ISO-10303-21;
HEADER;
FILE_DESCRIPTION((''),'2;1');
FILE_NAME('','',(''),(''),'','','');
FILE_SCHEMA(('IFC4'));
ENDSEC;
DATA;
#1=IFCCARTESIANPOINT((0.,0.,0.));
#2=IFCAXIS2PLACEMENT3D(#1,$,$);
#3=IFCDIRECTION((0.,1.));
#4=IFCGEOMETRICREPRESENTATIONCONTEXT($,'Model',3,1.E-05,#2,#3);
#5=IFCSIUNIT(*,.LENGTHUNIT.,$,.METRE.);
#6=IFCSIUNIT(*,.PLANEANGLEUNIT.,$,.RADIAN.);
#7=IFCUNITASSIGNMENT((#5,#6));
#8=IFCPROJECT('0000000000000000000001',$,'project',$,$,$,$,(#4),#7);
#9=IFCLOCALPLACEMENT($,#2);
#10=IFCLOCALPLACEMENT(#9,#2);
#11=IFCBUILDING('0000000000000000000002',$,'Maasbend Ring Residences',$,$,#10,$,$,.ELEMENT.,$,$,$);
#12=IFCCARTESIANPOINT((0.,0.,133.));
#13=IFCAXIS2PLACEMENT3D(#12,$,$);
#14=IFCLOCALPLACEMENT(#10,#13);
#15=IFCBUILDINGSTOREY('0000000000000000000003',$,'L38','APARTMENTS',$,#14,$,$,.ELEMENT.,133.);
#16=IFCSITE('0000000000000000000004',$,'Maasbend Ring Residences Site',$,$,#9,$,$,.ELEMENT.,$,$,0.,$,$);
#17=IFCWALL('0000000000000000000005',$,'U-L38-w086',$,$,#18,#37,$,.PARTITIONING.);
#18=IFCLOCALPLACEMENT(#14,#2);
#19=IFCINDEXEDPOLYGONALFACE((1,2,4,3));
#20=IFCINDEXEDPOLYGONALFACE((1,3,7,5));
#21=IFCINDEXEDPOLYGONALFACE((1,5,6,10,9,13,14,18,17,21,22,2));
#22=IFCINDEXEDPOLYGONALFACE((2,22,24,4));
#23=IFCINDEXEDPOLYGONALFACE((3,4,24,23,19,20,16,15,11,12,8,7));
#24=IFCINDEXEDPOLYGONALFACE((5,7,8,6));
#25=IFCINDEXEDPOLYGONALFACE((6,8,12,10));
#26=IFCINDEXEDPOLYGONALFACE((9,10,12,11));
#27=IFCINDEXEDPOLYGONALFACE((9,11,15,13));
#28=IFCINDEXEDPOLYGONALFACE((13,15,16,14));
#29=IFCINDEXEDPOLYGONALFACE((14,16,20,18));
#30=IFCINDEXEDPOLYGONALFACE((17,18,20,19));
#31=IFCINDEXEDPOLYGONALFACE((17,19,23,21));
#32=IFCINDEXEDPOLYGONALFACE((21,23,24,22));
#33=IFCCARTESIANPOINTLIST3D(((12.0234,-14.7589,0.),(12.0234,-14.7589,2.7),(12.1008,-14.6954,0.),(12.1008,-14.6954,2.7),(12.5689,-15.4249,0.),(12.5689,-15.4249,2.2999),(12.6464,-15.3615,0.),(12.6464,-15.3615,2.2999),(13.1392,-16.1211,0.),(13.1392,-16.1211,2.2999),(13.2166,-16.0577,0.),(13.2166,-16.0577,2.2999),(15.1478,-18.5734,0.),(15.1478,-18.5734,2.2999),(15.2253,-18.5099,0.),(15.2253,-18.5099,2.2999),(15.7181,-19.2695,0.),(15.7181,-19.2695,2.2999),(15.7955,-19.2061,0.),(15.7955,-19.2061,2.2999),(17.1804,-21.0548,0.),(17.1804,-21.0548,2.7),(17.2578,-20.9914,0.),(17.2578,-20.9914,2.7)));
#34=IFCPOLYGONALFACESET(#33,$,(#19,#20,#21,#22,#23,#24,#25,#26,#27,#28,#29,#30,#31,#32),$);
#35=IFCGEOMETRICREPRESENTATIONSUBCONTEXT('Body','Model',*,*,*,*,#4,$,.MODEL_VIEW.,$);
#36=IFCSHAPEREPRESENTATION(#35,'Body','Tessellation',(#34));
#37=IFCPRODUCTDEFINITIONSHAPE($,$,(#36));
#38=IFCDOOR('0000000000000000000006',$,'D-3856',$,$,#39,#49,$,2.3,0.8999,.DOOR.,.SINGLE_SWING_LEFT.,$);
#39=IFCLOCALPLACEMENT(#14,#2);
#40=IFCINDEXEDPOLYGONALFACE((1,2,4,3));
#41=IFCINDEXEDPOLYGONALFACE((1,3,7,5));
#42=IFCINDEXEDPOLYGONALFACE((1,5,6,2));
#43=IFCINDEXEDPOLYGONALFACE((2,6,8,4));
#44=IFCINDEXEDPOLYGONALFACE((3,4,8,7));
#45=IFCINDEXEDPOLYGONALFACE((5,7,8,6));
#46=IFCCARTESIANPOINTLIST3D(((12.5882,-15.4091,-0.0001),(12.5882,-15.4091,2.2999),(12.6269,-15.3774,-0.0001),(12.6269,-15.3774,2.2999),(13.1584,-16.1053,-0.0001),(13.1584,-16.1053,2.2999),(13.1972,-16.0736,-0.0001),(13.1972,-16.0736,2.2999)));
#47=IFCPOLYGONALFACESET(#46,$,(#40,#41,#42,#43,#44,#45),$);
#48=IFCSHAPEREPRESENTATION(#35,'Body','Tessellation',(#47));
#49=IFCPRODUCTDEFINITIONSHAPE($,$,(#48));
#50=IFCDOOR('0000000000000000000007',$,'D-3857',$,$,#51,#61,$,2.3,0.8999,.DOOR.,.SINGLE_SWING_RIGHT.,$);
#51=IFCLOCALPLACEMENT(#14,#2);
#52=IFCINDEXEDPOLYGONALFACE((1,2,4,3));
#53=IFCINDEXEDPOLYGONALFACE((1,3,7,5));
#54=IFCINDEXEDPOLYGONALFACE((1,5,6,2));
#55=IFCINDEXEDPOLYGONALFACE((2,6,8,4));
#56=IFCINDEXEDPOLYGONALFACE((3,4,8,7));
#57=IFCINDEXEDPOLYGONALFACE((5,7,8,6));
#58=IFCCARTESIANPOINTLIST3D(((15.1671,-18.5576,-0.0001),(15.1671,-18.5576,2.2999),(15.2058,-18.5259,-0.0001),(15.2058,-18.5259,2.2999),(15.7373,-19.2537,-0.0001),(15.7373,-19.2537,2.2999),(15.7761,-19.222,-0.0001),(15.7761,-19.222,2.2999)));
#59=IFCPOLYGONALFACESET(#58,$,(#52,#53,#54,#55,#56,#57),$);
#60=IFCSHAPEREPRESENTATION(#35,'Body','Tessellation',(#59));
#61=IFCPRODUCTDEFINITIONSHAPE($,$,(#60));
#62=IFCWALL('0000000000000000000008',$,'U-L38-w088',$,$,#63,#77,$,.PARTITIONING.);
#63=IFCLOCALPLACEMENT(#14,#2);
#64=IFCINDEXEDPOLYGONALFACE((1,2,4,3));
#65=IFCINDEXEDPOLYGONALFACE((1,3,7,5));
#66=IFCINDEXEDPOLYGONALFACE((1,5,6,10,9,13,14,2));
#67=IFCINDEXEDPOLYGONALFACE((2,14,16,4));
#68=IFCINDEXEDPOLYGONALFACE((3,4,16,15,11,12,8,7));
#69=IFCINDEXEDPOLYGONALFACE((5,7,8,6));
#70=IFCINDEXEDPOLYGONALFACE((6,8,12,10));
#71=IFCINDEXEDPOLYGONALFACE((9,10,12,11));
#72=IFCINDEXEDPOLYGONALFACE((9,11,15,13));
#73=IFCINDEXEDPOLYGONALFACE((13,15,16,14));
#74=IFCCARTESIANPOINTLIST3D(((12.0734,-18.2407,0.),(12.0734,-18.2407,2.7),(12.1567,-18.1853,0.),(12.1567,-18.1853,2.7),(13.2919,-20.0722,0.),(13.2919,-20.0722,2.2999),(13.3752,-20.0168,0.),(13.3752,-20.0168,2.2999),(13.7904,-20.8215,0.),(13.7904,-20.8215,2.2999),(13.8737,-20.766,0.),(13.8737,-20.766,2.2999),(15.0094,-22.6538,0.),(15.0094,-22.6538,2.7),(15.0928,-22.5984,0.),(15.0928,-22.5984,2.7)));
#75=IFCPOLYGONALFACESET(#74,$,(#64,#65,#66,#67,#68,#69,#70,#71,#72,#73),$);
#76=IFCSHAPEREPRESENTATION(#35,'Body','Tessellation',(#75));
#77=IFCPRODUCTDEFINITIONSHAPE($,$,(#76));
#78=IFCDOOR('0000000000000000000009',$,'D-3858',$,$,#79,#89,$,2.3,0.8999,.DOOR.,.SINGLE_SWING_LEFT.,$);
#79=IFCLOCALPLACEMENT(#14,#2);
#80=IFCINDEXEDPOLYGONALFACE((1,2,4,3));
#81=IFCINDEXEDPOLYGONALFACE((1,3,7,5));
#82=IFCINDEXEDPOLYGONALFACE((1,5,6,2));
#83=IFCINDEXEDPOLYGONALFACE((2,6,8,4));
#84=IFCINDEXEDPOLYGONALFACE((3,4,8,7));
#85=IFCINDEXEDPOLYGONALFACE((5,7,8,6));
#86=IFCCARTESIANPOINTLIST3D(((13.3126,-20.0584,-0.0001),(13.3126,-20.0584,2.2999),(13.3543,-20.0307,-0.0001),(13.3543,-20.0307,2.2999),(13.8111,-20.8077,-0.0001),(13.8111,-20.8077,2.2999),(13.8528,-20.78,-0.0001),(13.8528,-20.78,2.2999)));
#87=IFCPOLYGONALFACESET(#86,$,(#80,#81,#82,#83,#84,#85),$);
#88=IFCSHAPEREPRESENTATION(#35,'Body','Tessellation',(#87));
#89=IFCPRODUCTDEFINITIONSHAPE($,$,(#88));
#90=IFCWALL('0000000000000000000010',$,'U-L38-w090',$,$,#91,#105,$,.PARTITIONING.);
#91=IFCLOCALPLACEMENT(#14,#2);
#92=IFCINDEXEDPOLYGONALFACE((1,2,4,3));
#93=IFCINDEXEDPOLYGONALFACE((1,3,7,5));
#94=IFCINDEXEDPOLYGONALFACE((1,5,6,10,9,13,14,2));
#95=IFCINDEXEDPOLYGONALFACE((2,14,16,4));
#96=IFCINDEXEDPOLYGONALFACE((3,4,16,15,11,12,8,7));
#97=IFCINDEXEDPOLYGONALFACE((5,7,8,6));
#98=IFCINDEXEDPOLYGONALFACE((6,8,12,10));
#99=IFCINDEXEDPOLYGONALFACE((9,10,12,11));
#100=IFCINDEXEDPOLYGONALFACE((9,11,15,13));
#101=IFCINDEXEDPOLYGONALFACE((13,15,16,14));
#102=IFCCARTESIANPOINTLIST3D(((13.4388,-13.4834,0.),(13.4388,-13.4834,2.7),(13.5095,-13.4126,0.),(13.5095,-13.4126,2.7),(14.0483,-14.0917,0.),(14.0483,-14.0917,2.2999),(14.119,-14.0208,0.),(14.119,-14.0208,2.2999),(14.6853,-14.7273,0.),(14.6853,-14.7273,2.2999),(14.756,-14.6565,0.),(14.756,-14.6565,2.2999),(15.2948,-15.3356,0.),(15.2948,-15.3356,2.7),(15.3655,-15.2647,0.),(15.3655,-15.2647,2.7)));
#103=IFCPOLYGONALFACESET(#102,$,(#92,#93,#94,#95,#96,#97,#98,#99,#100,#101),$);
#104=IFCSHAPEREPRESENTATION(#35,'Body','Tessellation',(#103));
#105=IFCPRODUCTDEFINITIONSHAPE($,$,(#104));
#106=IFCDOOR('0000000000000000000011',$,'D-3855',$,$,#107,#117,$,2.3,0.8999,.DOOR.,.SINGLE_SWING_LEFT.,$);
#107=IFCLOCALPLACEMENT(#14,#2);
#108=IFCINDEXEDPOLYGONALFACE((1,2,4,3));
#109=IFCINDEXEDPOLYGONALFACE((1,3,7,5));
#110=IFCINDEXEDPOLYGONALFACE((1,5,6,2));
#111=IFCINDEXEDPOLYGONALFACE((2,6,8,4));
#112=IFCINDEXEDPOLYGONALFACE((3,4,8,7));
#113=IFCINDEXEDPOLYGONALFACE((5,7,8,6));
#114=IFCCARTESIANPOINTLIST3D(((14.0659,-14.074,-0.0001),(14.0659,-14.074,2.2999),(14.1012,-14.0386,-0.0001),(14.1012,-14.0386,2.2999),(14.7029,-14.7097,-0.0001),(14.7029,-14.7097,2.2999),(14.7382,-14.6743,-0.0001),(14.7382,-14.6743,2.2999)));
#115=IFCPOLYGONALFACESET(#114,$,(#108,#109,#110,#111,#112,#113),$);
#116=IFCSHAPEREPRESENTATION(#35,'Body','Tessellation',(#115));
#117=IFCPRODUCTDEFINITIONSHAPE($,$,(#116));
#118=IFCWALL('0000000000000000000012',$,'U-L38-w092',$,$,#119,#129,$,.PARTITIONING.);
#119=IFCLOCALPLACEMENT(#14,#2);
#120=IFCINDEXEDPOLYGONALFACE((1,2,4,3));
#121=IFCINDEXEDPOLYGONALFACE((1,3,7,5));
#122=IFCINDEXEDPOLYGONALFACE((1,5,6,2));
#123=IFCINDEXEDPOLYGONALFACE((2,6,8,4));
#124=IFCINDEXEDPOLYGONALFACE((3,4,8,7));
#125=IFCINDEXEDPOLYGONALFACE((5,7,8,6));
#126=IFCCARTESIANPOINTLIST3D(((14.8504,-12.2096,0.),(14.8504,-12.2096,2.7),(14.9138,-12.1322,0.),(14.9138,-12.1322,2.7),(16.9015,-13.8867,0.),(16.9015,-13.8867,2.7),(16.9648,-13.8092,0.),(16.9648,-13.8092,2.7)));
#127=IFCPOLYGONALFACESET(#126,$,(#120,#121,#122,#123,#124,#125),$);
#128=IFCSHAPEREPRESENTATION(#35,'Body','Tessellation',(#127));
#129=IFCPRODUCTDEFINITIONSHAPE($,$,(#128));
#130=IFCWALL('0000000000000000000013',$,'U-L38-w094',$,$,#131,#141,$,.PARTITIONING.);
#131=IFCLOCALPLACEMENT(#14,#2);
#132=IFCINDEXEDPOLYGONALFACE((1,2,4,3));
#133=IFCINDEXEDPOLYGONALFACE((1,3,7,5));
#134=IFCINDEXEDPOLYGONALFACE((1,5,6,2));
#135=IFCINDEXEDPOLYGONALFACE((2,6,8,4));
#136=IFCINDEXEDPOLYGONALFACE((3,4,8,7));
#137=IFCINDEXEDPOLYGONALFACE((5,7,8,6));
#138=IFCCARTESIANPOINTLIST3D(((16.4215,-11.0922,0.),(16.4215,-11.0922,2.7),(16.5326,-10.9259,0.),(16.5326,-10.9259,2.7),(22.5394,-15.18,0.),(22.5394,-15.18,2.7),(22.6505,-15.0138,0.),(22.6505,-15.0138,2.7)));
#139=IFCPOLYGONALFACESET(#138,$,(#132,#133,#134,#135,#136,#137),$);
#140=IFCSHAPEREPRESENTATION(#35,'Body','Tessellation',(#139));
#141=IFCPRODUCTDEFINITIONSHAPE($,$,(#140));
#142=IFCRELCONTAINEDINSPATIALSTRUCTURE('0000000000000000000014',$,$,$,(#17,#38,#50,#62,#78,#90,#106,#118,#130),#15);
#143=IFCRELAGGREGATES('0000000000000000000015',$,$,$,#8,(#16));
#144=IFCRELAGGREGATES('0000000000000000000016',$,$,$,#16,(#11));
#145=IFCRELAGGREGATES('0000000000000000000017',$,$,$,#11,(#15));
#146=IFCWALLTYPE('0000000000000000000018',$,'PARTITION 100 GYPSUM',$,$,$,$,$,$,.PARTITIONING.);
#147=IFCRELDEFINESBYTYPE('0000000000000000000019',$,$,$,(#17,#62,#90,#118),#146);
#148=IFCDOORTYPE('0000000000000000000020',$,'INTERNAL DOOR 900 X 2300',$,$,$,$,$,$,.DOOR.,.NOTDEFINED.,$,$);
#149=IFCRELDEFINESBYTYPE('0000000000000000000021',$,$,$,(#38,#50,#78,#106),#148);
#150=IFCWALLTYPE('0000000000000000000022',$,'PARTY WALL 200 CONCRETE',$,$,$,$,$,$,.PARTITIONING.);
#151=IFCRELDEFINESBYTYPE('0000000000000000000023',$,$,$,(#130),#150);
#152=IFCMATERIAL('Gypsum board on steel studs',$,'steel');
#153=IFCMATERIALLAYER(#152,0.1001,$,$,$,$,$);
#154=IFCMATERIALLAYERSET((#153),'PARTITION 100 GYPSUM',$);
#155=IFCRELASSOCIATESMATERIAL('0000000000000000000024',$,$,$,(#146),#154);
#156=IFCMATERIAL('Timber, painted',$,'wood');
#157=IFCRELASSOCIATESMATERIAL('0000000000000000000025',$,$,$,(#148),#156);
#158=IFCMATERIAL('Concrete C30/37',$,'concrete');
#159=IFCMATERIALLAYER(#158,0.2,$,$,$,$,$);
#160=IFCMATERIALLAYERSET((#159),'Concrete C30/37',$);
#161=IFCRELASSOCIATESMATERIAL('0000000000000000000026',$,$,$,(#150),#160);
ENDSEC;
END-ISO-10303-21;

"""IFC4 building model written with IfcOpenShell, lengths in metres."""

from ifc_helpers import new_model, si_unit, direction, frame, frame_2d, origin, place, context, subcontext, project, spatial, rectangle, extrude, material, layer, layer_set, type_object, element, fill, save


model = new_model("IFC4")

# Units and contexts
model_context = context("Model", 3, precision=1e-05, world=origin(), true_north=direction((0.0, 1.0)))
body_context = subcontext(model_context, "Body", "Model", "MODEL_VIEW")
ifc_project = project(units=[si_unit("LENGTHUNIT", "METRE"), si_unit("PLANEANGLEUNIT", "RADIAN")], contexts=[model_context])

# Site, building, storey
site_placement = place(None, origin())
site = spatial("IfcSite", under=ifc_project, at=site_placement, Name="Maasbend Ring Residences Site", CompositionType="ELEMENT", RefElevation=0.0)
building_placement = place(site_placement, origin())
building = spatial("IfcBuilding", under=site, at=building_placement, Name="Maasbend Ring Residences", CompositionType="ELEMENT")
storey_placement = place(building_placement, frame((0.0, 0.0, 133.0)))
storey = spatial("IfcBuildingStorey", under=building, at=storey_placement, Name="L38", Description="APARTMENTS", CompositionType="ELEMENT", Elevation=133.0)

# Shared definitions
ifc_material_1 = material(Name="Gypsum board on steel studs", Category="steel")
ifc_layer_1 = layer(ifc_material_1, 0.1001)
ifc_layer_set_1 = layer_set([ifc_layer_1], Name="PARTITION 100 GYPSUM")
wall_type_1 = type_object("IfcWallType", Name="PARTITION 100 GYPSUM", PredefinedType="PARTITIONING", material=ifc_layer_set_1)
ifc_material_2 = material(Name="Timber, painted", Category="wood")
door_type_1 = type_object("IfcDoorType", Name="INTERNAL DOOR 900 X 2300", OperationType="NOTDEFINED", PredefinedType="DOOR", material=ifc_material_2)

# Wall, openings, doors
wall_1_placement = place(storey_placement, frame((12.062, -14.7271, 0.0), z_axis=(0.0, 0.0, 1.0), x_axis=(0.633664, -0.773608, 0.0)))
wall_1 = element("IfcWall", 1, at=wall_1_placement, inside=storey, type_object=wall_type_1, Name="U-L38-w086", PredefinedType="PARTITIONING", context=body_context, shape_type="SweptSolid", body=[
    extrude(rectangle(XDim=8.1384, YDim=0.1001, at=frame_2d((4.0693, 0.0))), origin(), (0.0, 0.0, 1.0), 2.7),
])
opening_1_placement = place(wall_1_placement, frame((0.8611, 0.0, 0.0)))
opening_1 = element("IfcOpeningElement", 2, at=opening_1_placement, cuts=wall_1, PredefinedType="OPENING", context=body_context, shape_type="SweptSolid", body=[
    extrude(rectangle(XDim=0.8999, YDim=2.3, at=frame_2d((0.45, 1.1499))), frame((0.0, 0.0601, 0.0), z_axis=(0.0, -1.0, 0.0), x_axis=(1.0, 0.0, 0.0)), (0.0, 0.0, 1.0), 0.1201),
])
opening_2_placement = place(wall_1_placement, frame((4.9309, 0.0, 0.0)))
opening_2 = element("IfcOpeningElement", 3, at=opening_2_placement, cuts=wall_1, PredefinedType="OPENING", context=body_context, shape_type="SweptSolid", body=[
    extrude(rectangle(XDim=0.8999, YDim=2.3, at=frame_2d((0.45, 1.1499))), frame((0.0, 0.0601, 0.0), z_axis=(0.0, -1.0, 0.0), x_axis=(1.0, 0.0, 0.0)), (0.0, 0.0, 1.0), 0.1201),
])
door_1_placement = place(opening_1_placement, origin())
door_1 = element("IfcDoor", 4, at=door_1_placement, inside=storey, type_object=door_type_1, Name="D-3856", OperationType="SINGLE_SWING_LEFT", OverallHeight=2.3, OverallWidth=0.8999, PredefinedType="DOOR", context=body_context, shape_type="SweptSolid", body=[
    extrude(rectangle(XDim=0.8999, YDim=2.3, at=frame_2d((0.45, 1.1499))), frame((0.0, 0.0249, 0.0), z_axis=(0.0, -1.0, 0.0), x_axis=(1.0, 0.0, 0.0)), (0.0, 0.0, 1.0), 0.05),
])
fill(opening_1, door_1)
door_2_placement = place(opening_2_placement, origin())
door_2 = element("IfcDoor", 5, at=door_2_placement, inside=storey, type_object=door_type_1, Name="D-3857", OperationType="SINGLE_SWING_RIGHT", OverallHeight=2.3, OverallWidth=0.8999, PredefinedType="DOOR", context=body_context, shape_type="SweptSolid", body=[
    extrude(rectangle(XDim=0.8999, YDim=2.3, at=frame_2d((0.45, 1.1499))), frame((0.0, 0.0249, 0.0), z_axis=(0.0, -1.0, 0.0), x_axis=(1.0, 0.0, 0.0)), (0.0, 0.0, 1.0), 0.05),
])
fill(opening_2, door_2)

# Walls, openings, doors
wall_2_placement = place(storey_placement, frame((12.115, -18.2129, 0.0), z_axis=(0.0, 0.0, 1.0), x_axis=(0.553913, -0.832574, 0.0)))
wall_2 = element("IfcWall", 6, at=wall_2_placement, inside=storey, type_object=wall_type_1, Name="U-L38-w088", PredefinedType="PARTITIONING", context=body_context, shape_type="SweptSolid", body=[
    extrude(rectangle(XDim=5.3005, YDim=0.1001, at=frame_2d((2.6504, 0.0))), origin(), (0.0, 0.0, 1.0), 2.7),
])
opening_3_placement = place(wall_2_placement, frame((2.2, 0.0, 0.0)))
opening_3 = element("IfcOpeningElement", 7, at=opening_3_placement, cuts=wall_2, PredefinedType="OPENING", context=body_context, shape_type="SweptSolid", body=[
    extrude(rectangle(XDim=0.8999, YDim=2.3, at=frame_2d((0.45, 1.1499))), frame((0.0, 0.0601, 0.0), z_axis=(0.0, -1.0, 0.0), x_axis=(1.0, 0.0, 0.0)), (0.0, 0.0, 1.0), 0.1201),
])
door_3_placement = place(opening_3_placement, origin())
door_3 = element("IfcDoor", 8, at=door_3_placement, inside=storey, type_object=door_type_1, Name="D-3858", OperationType="SINGLE_SWING_LEFT", OverallHeight=2.3, OverallWidth=0.8999, PredefinedType="DOOR", context=body_context, shape_type="SweptSolid", body=[
    extrude(rectangle(XDim=0.8999, YDim=2.3, at=frame_2d((0.45, 1.1499))), frame((0.0, 0.0249, 0.0), z_axis=(0.0, -1.0, 0.0), x_axis=(1.0, 0.0, 0.0)), (0.0, 0.0, 1.0), 0.05),
])
fill(opening_3, door_3)
wall_3_placement = place(storey_placement, frame((13.4741, -13.448, 0.0), z_axis=(0.0, 0.0, 1.0), x_axis=(0.707851, -0.706361, 0.0)))
wall_3 = element("IfcWall", 9, at=wall_3_placement, inside=storey, type_object=wall_type_1, Name="U-L38-w090", PredefinedType="PARTITIONING", context=body_context, shape_type="SweptSolid", body=[
    extrude(rectangle(XDim=2.6221, YDim=0.1001, at=frame_2d((1.311, 0.0))), origin(), (0.0, 0.0, 1.0), 2.7),
])
opening_4_placement = place(wall_3_placement, frame((0.8611, 0.0, 0.0)))
opening_4 = element("IfcOpeningElement", 10, at=opening_4_placement, cuts=wall_3, PredefinedType="OPENING", context=body_context, shape_type="SweptSolid", body=[
    extrude(rectangle(XDim=0.8999, YDim=2.3, at=frame_2d((0.45, 1.1499))), frame((0.0, 0.0601, 0.0), z_axis=(0.0, -1.0, 0.0), x_axis=(1.0, 0.0, 0.0)), (0.0, 0.0, 1.0), 0.1201),
])
door_4_placement = place(opening_4_placement, origin())
door_4 = element("IfcDoor", 11, at=door_4_placement, inside=storey, type_object=door_type_1, Name="D-3855", OperationType="SINGLE_SWING_LEFT", OverallHeight=2.3, OverallWidth=0.8999, PredefinedType="DOOR", context=body_context, shape_type="SweptSolid", body=[
    extrude(rectangle(XDim=0.8999, YDim=2.3, at=frame_2d((0.45, 1.1499))), frame((0.0, 0.0249, 0.0), z_axis=(0.0, -1.0, 0.0), x_axis=(1.0, 0.0, 0.0)), (0.0, 0.0, 1.0), 0.05),
])
fill(opening_4, door_4)

# Walls
wall_4_placement = place(storey_placement, frame((14.8821, -12.1709, 0.0), z_axis=(0.0, 0.0, 1.0), x_axis=(0.774163, -0.632987, 0.0)))
element("IfcWall", 12, at=wall_4_placement, inside=storey, type_object=wall_type_1, Name="U-L38-w092", PredefinedType="PARTITIONING", context=body_context, shape_type="SweptSolid", body=[
    extrude(rectangle(XDim=2.6494, YDim=0.1001, at=frame_2d((1.3247, 0.0))), origin(), (0.0, 0.0, 1.0), 2.7),
])
ifc_material_3 = material(Name="Concrete C30/37", Category="concrete")
ifc_layer_2 = layer(ifc_material_3, 0.2)
ifc_layer_set_2 = layer_set([ifc_layer_2], Name="Concrete C30/37")
wall_type_2 = type_object("IfcWallType", Name="PARTY WALL 200 CONCRETE", PredefinedType="PARTITIONING", material=ifc_layer_set_2)
wall_5_placement = place(storey_placement, frame((16.4771, -11.009, 0.0), z_axis=(0.0, 0.0, 1.0), x_axis=(0.831468, -0.555573, 0.0)))
element("IfcWall", 13, at=wall_5_placement, inside=storey, type_object=wall_type_2, Name="U-L38-w094", PredefinedType="PARTITIONING", context=body_context, shape_type="SweptSolid", body=[
    extrude(rectangle(XDim=7.3579, YDim=0.2, at=frame_2d((3.679, 0.0))), origin(), (0.0, 0.0, 1.0), 2.7),
])

save(model, "model.ifc")
